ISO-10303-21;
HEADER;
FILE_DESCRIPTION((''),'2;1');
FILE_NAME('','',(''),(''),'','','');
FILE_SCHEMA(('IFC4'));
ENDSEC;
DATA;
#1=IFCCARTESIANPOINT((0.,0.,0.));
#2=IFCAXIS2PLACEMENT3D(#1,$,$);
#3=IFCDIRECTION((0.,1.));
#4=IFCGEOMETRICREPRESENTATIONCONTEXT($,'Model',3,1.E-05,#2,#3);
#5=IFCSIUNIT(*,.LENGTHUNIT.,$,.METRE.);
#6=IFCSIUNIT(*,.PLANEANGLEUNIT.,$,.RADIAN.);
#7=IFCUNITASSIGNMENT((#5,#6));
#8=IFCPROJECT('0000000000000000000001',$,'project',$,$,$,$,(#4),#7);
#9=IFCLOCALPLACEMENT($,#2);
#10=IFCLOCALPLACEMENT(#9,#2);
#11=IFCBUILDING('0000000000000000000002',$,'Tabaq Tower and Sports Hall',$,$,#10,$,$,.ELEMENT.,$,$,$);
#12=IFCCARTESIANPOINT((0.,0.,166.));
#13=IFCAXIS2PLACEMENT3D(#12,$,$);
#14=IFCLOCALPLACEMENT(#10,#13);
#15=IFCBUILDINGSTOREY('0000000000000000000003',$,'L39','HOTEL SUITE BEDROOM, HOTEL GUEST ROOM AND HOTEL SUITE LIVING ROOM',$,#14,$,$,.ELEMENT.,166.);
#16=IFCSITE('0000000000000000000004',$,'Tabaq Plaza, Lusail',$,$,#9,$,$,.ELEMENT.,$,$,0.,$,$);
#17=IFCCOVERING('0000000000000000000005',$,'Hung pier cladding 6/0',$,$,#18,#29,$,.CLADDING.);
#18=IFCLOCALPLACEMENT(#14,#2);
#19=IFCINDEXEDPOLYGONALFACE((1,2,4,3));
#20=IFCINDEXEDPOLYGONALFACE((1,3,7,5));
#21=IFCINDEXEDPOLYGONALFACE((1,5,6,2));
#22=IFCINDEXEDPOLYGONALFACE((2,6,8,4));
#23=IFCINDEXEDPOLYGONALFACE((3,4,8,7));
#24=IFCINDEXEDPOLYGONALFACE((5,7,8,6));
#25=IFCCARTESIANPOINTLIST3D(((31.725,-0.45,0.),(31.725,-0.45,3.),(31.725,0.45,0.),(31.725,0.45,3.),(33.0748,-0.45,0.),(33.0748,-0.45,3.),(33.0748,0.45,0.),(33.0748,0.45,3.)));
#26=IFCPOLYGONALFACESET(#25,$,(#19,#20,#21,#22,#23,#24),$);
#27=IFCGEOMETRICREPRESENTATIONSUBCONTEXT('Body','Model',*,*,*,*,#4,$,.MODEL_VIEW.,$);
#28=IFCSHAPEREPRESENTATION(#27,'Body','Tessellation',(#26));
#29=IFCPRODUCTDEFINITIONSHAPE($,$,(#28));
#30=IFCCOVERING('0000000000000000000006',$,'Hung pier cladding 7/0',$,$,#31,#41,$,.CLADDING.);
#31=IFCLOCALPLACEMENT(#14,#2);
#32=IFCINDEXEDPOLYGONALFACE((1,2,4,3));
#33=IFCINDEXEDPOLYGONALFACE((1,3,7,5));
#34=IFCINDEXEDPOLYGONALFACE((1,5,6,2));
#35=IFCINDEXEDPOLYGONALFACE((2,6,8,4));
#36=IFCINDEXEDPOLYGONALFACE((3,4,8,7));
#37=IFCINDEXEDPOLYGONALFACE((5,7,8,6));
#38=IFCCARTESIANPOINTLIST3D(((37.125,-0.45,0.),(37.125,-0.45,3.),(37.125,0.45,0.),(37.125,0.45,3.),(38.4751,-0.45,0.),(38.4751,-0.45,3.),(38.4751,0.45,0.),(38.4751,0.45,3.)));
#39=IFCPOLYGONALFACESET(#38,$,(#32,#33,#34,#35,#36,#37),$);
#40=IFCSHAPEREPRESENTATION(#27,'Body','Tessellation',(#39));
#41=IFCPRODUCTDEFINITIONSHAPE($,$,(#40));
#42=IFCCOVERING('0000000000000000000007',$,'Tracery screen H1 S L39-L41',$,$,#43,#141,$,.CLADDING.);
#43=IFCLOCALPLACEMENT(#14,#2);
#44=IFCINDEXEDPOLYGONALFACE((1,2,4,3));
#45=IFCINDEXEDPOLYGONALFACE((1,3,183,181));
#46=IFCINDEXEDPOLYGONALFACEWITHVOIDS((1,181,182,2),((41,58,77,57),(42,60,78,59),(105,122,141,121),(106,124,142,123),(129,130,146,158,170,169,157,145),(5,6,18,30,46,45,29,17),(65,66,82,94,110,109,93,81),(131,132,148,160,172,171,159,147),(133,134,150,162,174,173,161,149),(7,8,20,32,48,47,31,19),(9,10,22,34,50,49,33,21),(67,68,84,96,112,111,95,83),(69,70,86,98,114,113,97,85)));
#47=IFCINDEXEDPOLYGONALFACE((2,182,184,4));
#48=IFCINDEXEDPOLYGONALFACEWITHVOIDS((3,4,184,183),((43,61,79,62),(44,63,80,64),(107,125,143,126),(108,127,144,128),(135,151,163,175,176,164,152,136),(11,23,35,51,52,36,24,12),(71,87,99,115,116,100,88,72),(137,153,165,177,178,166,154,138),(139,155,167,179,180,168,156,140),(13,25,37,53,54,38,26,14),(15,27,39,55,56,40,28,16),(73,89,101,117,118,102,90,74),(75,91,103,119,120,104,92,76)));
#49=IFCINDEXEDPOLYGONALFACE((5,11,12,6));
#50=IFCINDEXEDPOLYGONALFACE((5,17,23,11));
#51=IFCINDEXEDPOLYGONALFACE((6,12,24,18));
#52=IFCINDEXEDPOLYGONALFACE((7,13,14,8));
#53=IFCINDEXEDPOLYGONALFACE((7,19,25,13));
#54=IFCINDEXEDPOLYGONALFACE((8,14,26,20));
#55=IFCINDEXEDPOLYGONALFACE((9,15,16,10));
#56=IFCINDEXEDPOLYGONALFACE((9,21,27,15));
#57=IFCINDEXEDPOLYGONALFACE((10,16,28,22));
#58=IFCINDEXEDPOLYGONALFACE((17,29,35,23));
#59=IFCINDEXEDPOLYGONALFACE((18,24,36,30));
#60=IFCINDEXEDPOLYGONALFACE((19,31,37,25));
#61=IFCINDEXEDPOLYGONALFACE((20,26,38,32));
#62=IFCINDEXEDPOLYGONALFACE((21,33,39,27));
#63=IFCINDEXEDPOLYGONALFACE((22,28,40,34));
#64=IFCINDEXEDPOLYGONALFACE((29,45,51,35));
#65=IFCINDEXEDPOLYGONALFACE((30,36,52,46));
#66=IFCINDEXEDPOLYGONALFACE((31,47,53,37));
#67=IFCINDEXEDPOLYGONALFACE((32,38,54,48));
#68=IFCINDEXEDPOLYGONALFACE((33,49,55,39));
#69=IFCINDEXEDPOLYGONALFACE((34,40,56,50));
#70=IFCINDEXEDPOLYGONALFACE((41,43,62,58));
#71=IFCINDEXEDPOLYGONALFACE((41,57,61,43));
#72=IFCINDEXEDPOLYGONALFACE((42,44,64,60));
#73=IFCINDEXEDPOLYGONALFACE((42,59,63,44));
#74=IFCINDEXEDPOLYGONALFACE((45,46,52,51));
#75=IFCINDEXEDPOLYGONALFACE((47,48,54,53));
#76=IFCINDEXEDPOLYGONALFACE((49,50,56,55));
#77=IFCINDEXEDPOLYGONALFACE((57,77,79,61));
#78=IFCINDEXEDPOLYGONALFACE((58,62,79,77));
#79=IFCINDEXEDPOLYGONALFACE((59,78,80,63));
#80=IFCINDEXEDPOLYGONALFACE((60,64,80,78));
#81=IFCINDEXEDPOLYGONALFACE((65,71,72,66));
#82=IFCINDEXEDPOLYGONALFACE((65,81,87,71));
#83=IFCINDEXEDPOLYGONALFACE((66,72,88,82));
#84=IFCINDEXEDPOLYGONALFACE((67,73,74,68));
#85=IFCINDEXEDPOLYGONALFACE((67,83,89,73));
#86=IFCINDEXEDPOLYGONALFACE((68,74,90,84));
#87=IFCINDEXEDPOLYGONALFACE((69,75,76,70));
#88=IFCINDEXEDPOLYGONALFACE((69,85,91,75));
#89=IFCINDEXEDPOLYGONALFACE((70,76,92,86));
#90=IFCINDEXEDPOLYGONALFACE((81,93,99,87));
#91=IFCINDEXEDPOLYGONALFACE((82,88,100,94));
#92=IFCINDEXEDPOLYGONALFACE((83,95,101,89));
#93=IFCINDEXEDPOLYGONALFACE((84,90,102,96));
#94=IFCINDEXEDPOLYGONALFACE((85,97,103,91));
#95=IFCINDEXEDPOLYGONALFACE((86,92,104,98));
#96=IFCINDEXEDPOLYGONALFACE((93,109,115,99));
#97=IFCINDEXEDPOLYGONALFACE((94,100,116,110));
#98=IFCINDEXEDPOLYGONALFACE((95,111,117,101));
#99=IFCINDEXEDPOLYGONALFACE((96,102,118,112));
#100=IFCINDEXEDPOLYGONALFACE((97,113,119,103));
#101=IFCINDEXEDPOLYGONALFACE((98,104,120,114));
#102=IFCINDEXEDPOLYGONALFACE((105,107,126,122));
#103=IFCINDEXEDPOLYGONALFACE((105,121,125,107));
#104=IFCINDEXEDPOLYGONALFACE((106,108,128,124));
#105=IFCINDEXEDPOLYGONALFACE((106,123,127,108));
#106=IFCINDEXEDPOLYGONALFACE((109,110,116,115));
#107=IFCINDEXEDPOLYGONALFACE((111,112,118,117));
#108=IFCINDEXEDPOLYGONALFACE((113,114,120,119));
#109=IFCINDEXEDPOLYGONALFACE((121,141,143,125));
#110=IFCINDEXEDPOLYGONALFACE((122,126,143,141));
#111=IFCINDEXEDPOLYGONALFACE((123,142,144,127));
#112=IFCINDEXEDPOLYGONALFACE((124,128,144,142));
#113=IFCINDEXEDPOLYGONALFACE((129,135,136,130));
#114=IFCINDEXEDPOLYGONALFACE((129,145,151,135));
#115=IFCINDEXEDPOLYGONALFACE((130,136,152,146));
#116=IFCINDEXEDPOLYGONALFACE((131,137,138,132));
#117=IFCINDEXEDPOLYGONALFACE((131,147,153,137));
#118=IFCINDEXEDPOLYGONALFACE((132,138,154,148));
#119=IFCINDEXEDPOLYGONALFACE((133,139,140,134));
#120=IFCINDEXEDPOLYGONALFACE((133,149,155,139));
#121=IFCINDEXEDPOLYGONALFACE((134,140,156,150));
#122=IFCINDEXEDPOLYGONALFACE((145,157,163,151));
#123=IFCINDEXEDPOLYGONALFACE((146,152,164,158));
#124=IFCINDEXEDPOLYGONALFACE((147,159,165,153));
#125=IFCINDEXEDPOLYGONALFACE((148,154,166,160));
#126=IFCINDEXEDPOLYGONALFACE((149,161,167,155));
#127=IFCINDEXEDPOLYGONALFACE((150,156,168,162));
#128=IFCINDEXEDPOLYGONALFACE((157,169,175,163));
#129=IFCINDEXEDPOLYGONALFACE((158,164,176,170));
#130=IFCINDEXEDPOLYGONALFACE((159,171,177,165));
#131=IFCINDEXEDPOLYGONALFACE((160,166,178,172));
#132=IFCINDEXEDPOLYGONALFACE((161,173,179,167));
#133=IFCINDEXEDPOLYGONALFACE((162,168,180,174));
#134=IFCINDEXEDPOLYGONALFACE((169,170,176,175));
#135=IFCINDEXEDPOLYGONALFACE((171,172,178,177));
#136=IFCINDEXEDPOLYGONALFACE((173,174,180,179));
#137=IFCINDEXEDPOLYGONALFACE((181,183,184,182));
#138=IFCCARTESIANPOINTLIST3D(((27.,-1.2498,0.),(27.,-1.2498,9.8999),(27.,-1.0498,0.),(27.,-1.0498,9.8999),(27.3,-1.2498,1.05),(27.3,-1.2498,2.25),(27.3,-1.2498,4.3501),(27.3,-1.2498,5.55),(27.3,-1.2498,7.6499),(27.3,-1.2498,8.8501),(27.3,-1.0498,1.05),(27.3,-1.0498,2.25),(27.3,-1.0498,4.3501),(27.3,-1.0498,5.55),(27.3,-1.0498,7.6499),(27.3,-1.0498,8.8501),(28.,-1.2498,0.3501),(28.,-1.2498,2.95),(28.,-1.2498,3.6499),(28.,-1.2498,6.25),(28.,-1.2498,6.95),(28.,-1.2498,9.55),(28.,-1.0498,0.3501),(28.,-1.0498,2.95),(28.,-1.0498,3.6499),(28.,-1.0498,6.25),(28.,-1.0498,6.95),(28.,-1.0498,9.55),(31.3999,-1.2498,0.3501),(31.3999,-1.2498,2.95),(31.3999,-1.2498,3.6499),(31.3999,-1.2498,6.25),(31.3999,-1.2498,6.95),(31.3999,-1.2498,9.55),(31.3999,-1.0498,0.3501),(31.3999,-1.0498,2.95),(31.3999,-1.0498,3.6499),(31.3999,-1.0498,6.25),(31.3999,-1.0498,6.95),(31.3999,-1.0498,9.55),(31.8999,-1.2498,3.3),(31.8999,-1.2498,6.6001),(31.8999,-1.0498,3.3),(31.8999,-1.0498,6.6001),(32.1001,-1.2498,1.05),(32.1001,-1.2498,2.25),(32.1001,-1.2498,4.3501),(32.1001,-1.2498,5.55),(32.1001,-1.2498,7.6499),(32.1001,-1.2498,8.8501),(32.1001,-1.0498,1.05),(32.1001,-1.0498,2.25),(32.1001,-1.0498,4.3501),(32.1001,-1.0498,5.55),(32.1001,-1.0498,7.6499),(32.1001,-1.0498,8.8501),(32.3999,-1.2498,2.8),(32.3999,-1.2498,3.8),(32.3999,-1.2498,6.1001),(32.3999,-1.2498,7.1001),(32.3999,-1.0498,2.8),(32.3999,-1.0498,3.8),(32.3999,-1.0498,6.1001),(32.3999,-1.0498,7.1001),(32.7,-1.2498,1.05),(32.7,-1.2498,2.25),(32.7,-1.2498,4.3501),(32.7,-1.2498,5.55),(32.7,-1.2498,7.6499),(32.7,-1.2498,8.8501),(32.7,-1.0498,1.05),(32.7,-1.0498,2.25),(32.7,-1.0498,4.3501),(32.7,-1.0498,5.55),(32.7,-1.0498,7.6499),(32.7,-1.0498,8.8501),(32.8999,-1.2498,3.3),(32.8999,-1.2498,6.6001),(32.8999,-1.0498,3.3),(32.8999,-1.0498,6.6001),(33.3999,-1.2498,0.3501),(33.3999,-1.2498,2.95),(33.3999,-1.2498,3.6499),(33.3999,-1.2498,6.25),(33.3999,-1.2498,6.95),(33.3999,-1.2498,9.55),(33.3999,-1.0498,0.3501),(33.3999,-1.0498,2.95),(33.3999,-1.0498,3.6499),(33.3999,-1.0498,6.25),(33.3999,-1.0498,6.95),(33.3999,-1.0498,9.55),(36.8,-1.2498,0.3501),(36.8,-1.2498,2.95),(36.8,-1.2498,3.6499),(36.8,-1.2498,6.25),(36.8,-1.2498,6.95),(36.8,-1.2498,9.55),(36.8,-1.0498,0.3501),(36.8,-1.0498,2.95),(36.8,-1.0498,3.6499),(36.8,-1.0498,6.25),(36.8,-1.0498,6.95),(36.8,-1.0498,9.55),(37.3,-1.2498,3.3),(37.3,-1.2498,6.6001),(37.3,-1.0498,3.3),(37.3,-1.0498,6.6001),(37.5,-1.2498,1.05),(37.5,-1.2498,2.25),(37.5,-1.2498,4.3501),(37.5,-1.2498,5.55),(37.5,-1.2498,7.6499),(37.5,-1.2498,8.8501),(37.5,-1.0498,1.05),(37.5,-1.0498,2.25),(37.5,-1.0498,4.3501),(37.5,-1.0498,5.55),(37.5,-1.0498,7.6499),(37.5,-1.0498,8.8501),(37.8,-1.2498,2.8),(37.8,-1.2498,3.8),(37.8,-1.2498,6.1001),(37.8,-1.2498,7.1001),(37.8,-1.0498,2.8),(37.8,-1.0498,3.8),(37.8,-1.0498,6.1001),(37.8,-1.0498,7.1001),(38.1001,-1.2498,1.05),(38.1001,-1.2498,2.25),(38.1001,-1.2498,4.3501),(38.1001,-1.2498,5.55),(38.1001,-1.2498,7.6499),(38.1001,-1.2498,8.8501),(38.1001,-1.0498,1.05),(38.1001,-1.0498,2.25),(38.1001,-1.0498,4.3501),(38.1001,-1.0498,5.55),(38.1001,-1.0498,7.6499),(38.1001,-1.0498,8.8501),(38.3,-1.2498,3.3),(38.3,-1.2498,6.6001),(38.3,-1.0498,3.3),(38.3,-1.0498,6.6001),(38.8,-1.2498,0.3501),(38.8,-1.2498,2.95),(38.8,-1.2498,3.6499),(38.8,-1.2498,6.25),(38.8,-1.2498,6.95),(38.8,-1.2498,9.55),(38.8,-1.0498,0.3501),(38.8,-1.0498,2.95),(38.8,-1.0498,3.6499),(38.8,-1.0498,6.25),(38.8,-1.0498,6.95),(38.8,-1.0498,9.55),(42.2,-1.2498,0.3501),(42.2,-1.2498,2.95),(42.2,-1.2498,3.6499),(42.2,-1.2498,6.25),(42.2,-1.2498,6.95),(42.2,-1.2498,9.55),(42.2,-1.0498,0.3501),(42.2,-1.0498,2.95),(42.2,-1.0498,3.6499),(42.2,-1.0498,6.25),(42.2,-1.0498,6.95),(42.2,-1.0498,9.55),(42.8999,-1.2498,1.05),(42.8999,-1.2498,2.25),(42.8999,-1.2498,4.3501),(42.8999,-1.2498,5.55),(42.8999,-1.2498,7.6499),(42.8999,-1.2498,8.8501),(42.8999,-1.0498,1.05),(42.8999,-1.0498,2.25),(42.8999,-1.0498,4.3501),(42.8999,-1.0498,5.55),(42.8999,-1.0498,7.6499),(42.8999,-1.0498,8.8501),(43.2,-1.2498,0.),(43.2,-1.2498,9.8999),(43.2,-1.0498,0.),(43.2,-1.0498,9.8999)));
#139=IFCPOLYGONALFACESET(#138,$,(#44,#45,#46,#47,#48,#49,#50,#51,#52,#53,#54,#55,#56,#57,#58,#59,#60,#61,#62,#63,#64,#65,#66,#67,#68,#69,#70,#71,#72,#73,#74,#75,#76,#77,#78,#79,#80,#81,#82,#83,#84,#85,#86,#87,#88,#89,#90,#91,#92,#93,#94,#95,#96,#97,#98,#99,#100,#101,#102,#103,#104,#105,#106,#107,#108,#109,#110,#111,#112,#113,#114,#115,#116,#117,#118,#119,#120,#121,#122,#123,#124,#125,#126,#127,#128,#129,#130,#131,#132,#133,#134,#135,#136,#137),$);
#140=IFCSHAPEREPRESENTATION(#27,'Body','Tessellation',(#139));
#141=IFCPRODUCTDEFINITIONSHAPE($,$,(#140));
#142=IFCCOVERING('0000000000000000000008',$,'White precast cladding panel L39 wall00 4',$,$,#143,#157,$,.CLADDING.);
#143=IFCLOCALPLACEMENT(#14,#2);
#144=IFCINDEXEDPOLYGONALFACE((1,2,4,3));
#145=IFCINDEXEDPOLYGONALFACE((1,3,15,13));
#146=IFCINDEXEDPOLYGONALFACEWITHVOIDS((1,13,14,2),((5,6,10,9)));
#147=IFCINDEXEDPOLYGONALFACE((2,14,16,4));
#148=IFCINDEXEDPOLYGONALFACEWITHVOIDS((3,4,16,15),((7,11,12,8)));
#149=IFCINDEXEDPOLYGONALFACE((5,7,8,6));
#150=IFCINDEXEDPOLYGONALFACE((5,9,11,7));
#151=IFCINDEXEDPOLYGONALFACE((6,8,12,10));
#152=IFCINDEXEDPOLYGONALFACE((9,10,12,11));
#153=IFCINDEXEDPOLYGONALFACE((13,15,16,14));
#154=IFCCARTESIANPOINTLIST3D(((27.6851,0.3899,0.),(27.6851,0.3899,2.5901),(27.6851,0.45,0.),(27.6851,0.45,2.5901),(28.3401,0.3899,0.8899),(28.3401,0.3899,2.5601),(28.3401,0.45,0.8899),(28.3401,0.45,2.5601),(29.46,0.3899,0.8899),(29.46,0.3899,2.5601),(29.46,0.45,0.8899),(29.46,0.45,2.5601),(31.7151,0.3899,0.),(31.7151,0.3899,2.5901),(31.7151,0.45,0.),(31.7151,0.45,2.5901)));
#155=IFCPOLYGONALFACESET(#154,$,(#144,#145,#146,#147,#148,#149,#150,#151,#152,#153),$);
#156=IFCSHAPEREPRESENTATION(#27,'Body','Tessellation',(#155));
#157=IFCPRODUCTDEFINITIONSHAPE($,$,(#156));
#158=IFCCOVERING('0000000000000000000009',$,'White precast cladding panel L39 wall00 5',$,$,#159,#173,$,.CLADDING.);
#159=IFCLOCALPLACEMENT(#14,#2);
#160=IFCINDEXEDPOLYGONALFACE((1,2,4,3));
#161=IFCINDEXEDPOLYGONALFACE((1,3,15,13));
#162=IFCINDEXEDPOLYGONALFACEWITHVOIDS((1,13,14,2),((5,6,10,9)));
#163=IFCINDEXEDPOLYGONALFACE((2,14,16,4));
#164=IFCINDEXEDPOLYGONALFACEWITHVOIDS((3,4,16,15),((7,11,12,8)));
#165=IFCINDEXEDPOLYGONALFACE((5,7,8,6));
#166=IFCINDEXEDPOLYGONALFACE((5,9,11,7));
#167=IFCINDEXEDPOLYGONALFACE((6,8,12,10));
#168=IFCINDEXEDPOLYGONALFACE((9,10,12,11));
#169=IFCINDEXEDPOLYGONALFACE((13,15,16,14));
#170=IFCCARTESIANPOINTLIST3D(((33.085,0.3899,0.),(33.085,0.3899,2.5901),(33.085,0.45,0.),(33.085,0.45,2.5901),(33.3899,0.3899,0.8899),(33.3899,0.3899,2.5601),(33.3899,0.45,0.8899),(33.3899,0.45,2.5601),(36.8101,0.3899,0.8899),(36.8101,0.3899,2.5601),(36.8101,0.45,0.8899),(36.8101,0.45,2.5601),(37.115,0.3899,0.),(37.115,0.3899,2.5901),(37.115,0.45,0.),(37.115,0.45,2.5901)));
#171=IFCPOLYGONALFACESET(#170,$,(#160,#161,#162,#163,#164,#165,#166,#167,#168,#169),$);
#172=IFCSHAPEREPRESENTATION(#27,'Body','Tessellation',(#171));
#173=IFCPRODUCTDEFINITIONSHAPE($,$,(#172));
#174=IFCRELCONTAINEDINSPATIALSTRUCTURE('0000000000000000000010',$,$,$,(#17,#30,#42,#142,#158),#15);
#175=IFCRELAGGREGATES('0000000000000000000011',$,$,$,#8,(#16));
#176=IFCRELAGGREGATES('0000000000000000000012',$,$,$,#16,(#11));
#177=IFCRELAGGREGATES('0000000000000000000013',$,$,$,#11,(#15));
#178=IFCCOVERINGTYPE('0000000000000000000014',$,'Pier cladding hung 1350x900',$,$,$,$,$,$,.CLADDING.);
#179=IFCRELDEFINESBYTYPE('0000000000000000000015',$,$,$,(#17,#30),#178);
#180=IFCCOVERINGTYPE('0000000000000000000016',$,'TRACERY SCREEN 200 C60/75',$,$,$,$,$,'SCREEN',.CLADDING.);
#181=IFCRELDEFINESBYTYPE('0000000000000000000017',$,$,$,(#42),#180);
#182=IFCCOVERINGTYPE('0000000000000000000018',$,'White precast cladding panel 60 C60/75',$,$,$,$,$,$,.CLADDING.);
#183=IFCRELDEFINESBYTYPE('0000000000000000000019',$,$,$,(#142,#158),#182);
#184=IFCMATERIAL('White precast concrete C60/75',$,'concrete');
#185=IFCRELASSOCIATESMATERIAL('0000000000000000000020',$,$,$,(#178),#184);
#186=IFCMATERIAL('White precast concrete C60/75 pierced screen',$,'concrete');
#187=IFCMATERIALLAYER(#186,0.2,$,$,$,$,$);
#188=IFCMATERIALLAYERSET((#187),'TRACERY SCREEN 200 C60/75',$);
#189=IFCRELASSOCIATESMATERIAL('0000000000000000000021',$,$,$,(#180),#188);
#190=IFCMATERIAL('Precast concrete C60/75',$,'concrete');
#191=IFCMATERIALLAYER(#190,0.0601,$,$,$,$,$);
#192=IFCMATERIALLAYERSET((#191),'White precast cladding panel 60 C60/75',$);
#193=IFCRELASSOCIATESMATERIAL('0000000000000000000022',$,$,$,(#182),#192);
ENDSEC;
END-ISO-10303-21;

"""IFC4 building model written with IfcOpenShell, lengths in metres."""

from ifc_helpers import new_model, si_unit, direction, frame, frame_2d, origin, place, context, subcontext, project, spatial, polyline, rectangle, outline, extrude, material, layer, layer_set, type_object, element, save


model = new_model("IFC4")

# Units and contexts
model_context = context("Model", 3, precision=1e-05, world=origin(), true_north=direction((0.0, 1.0)))
body_context = subcontext(model_context, "Body", "Model", "MODEL_VIEW")
ifc_project = project(units=[si_unit("LENGTHUNIT", "METRE"), si_unit("PLANEANGLEUNIT", "RADIAN")], contexts=[model_context])

# Site, building, storey
site_placement = place(None, origin())
site = spatial("IfcSite", under=ifc_project, at=site_placement, Name="Tabaq Plaza, Lusail", CompositionType="ELEMENT", RefElevation=0.0)
building_placement = place(site_placement, origin())
building = spatial("IfcBuilding", under=site, at=building_placement, Name="Tabaq Tower and Sports Hall", CompositionType="ELEMENT")
storey_placement = place(building_placement, frame((0.0, 0.0, 166.0)))
storey = spatial("IfcBuildingStorey", under=building, at=storey_placement, Name="L39", Description="HOTEL SUITE BEDROOM, HOTEL GUEST ROOM AND HOTEL SUITE LIVING ROOM", CompositionType="ELEMENT", Elevation=166.0)

# Coverings
ifc_material_1 = material(Name="White precast concrete C60/75", Category="concrete")
covering_type_1 = type_object("IfcCoveringType", Name="Pier cladding hung 1350x900", PredefinedType="CLADDING", material=ifc_material_1)
covering_1_placement = place(storey_placement, frame((31.7251, 0.0, 0.0), z_axis=(0.0, 0.0, 1.0), x_axis=(1.0, 0.0, 0.0)))
element("IfcCovering", 1, at=covering_1_placement, inside=storey, type_object=covering_type_1, Name="Hung pier cladding 6/0", PredefinedType="CLADDING", context=body_context, shape_type="SweptSolid", body=[
    extrude(rectangle(XDim=1.3499, YDim=0.8999, at=frame_2d((0.6748, 0.0))), origin(), (0.0, 0.0, 1.0), 3.0),
])
covering_2_placement = place(storey_placement, frame((37.125, 0.0, 0.0), z_axis=(0.0, 0.0, 1.0), x_axis=(1.0, 0.0, 0.0)))
element("IfcCovering", 2, at=covering_2_placement, inside=storey, type_object=covering_type_1, Name="Hung pier cladding 7/0", PredefinedType="CLADDING", context=body_context, shape_type="SweptSolid", body=[
    extrude(rectangle(XDim=1.3501, YDim=0.8999, at=frame_2d((0.675, 0.0))), origin(), (0.0, 0.0, 1.0), 3.0),
])
ifc_material_2 = material(Name="White precast concrete C60/75 pierced screen", Category="concrete")
ifc_layer_1 = layer(ifc_material_2, 0.2)
ifc_layer_set_1 = layer_set([ifc_layer_1], Name="TRACERY SCREEN 200 C60/75")
covering_type_2 = type_object("IfcCoveringType", Name="TRACERY SCREEN 200 C60/75", ElementType="SCREEN", PredefinedType="CLADDING", material=ifc_layer_set_1)
covering_3_placement = place(storey_placement, frame((27.0, -1.1499, 0.0), z_axis=(0.0, 0.0, 1.0), x_axis=(1.0, 0.0, 0.0)))
element("IfcCovering", 3, at=covering_3_placement, inside=storey, type_object=covering_type_2, Name="Tracery screen H1 S L39-L41", PredefinedType="CLADDING", context=body_context, shape_type="SweptSolid", body=[
    extrude(outline(polyline([(0.0, 0.0), (16.2, 0.0), (16.2, 9.8999), (0.0, 9.8999), (0.0, 0.0)]), holes=[polyline([(1.0, 0.3501), (4.3999, 0.3501), (5.1001, 1.05), (5.1001, 2.25), (4.3999, 2.95), (1.0, 2.95), (0.3, 2.25), (0.3, 1.05), (1.0, 0.3501)]), polyline([(6.3999, 0.3501), (9.8, 0.3501), (10.5, 1.05), (10.5, 2.25), (9.8, 2.95), (6.3999, 2.95), (5.7, 2.25), (5.7, 1.05), (6.3999, 0.3501)]), polyline([(11.8, 0.3501), (15.2, 0.3501), (15.8999, 1.05), (15.8999, 2.25), (15.2, 2.95), (11.8, 2.95), (11.1001, 2.25), (11.1001, 1.05), (11.8, 0.3501)]), polyline([(1.0, 3.6499), (4.3999, 3.6499), (5.1001, 4.3501), (5.1001, 5.55), (4.3999, 6.25), (1.0, 6.25), (0.3, 5.55), (0.3, 4.3501), (1.0, 3.6499)]), polyline([(6.3999, 3.6499), (9.8, 3.6499), (10.5, 4.3501), (10.5, 5.55), (9.8, 6.25), (6.3999, 6.25), (5.7, 5.55), (5.7, 4.3501), (6.3999, 3.6499)]), polyline([(11.8, 3.6499), (15.2, 3.6499), (15.8999, 4.3501), (15.8999, 5.55), (15.2, 6.25), (11.8, 6.25), (11.1001, 5.55), (11.1001, 4.3501), (11.8, 3.6499)]), polyline([(1.0, 6.95), (4.3999, 6.95), (5.1001, 7.6499), (5.1001, 8.8501), (4.3999, 9.55), (1.0, 9.55), (0.3, 8.8501), (0.3, 7.6499), (1.0, 6.95)]), polyline([(6.3999, 6.95), (9.8, 6.95), (10.5, 7.6499), (10.5, 8.8501), (9.8, 9.55), (6.3999, 9.55), (5.7, 8.8501), (5.7, 7.6499), (6.3999, 6.95)]), polyline([(11.8, 6.95), (15.2, 6.95), (15.8999, 7.6499), (15.8999, 8.8501), (15.2, 9.55), (11.8, 9.55), (11.1001, 8.8501), (11.1001, 7.6499), (11.8, 6.95)]), polyline([(5.8999, 3.3), (5.3999, 3.8), (4.8999, 3.3), (5.3999, 2.8), (5.8999, 3.3)]), polyline([(11.3, 3.3), (10.8, 3.8), (10.3, 3.3), (10.8, 2.8), (11.3, 3.3)]), polyline([(5.8999, 6.6001), (5.3999, 7.1001), (4.8999, 6.6001), (5.3999, 6.1001), (5.8999, 6.6001)]), polyline([(11.3, 6.6001), (10.8, 7.1001), (10.3, 6.6001), (10.8, 6.1001), (11.3, 6.6001)])]), frame((0.0, 0.1001, 0.0), z_axis=(0.0, -1.0, 0.0), x_axis=(1.0, 0.0, 0.0)), (0.0, 0.0, 1.0), 0.2),
])
ifc_material_3 = material(Name="Precast concrete C60/75", Category="concrete")
ifc_layer_2 = layer(ifc_material_3, 0.0601)
ifc_layer_set_2 = layer_set([ifc_layer_2], Name="White precast cladding panel 60 C60/75")
covering_type_3 = type_object("IfcCoveringType", Name="White precast cladding panel 60 C60/75", PredefinedType="CLADDING", material=ifc_layer_set_2)
covering_4_placement = place(storey_placement, frame((27.6851, 0.4199, 0.0), z_axis=(0.0, 0.0, 1.0), x_axis=(1.0, 0.0, 0.0)))
element("IfcCovering", 4, at=covering_4_placement, inside=storey, type_object=covering_type_3, Name="White precast cladding panel L39 wall00 4", PredefinedType="CLADDING", context=body_context, shape_type="SweptSolid", body=[
    extrude(outline(polyline([(0.0, 0.0), (4.03, 0.0), (4.03, 2.5901), (0.0, 2.5901), (0.0, 0.0)]), holes=[polyline([(1.7749, 0.8899), (0.655, 0.8899), (0.655, 2.5601), (1.7749, 2.5601), (1.7749, 0.8899)])]), frame((0.0, 0.03, 0.0), z_axis=(0.0, -1.0, 0.0), x_axis=(1.0, 0.0, 0.0)), (0.0, 0.0, 1.0), 0.0601),
])
covering_5_placement = place(storey_placement, frame((33.085, 0.4199, 0.0), z_axis=(0.0, 0.0, 1.0), x_axis=(1.0, 0.0, 0.0)))
element("IfcCovering", 5, at=covering_5_placement, inside=storey, type_object=covering_type_3, Name="White precast cladding panel L39 wall00 5", PredefinedType="CLADDING", context=body_context, shape_type="SweptSolid", body=[
    extrude(outline(polyline([(0.0, 0.0), (4.03, 0.0), (4.03, 2.5901), (0.0, 2.5901), (0.0, 0.0)]), holes=[polyline([(3.7251, 0.8899), (0.3049, 0.8899), (0.3049, 2.5601), (3.7251, 2.5601), (3.7251, 0.8899)])]), frame((0.0, 0.03, 0.0), z_axis=(0.0, -1.0, 0.0), x_axis=(1.0, 0.0, 0.0)), (0.0, 0.0, 1.0), 0.0601),
])

save(model, "model.ifc")
